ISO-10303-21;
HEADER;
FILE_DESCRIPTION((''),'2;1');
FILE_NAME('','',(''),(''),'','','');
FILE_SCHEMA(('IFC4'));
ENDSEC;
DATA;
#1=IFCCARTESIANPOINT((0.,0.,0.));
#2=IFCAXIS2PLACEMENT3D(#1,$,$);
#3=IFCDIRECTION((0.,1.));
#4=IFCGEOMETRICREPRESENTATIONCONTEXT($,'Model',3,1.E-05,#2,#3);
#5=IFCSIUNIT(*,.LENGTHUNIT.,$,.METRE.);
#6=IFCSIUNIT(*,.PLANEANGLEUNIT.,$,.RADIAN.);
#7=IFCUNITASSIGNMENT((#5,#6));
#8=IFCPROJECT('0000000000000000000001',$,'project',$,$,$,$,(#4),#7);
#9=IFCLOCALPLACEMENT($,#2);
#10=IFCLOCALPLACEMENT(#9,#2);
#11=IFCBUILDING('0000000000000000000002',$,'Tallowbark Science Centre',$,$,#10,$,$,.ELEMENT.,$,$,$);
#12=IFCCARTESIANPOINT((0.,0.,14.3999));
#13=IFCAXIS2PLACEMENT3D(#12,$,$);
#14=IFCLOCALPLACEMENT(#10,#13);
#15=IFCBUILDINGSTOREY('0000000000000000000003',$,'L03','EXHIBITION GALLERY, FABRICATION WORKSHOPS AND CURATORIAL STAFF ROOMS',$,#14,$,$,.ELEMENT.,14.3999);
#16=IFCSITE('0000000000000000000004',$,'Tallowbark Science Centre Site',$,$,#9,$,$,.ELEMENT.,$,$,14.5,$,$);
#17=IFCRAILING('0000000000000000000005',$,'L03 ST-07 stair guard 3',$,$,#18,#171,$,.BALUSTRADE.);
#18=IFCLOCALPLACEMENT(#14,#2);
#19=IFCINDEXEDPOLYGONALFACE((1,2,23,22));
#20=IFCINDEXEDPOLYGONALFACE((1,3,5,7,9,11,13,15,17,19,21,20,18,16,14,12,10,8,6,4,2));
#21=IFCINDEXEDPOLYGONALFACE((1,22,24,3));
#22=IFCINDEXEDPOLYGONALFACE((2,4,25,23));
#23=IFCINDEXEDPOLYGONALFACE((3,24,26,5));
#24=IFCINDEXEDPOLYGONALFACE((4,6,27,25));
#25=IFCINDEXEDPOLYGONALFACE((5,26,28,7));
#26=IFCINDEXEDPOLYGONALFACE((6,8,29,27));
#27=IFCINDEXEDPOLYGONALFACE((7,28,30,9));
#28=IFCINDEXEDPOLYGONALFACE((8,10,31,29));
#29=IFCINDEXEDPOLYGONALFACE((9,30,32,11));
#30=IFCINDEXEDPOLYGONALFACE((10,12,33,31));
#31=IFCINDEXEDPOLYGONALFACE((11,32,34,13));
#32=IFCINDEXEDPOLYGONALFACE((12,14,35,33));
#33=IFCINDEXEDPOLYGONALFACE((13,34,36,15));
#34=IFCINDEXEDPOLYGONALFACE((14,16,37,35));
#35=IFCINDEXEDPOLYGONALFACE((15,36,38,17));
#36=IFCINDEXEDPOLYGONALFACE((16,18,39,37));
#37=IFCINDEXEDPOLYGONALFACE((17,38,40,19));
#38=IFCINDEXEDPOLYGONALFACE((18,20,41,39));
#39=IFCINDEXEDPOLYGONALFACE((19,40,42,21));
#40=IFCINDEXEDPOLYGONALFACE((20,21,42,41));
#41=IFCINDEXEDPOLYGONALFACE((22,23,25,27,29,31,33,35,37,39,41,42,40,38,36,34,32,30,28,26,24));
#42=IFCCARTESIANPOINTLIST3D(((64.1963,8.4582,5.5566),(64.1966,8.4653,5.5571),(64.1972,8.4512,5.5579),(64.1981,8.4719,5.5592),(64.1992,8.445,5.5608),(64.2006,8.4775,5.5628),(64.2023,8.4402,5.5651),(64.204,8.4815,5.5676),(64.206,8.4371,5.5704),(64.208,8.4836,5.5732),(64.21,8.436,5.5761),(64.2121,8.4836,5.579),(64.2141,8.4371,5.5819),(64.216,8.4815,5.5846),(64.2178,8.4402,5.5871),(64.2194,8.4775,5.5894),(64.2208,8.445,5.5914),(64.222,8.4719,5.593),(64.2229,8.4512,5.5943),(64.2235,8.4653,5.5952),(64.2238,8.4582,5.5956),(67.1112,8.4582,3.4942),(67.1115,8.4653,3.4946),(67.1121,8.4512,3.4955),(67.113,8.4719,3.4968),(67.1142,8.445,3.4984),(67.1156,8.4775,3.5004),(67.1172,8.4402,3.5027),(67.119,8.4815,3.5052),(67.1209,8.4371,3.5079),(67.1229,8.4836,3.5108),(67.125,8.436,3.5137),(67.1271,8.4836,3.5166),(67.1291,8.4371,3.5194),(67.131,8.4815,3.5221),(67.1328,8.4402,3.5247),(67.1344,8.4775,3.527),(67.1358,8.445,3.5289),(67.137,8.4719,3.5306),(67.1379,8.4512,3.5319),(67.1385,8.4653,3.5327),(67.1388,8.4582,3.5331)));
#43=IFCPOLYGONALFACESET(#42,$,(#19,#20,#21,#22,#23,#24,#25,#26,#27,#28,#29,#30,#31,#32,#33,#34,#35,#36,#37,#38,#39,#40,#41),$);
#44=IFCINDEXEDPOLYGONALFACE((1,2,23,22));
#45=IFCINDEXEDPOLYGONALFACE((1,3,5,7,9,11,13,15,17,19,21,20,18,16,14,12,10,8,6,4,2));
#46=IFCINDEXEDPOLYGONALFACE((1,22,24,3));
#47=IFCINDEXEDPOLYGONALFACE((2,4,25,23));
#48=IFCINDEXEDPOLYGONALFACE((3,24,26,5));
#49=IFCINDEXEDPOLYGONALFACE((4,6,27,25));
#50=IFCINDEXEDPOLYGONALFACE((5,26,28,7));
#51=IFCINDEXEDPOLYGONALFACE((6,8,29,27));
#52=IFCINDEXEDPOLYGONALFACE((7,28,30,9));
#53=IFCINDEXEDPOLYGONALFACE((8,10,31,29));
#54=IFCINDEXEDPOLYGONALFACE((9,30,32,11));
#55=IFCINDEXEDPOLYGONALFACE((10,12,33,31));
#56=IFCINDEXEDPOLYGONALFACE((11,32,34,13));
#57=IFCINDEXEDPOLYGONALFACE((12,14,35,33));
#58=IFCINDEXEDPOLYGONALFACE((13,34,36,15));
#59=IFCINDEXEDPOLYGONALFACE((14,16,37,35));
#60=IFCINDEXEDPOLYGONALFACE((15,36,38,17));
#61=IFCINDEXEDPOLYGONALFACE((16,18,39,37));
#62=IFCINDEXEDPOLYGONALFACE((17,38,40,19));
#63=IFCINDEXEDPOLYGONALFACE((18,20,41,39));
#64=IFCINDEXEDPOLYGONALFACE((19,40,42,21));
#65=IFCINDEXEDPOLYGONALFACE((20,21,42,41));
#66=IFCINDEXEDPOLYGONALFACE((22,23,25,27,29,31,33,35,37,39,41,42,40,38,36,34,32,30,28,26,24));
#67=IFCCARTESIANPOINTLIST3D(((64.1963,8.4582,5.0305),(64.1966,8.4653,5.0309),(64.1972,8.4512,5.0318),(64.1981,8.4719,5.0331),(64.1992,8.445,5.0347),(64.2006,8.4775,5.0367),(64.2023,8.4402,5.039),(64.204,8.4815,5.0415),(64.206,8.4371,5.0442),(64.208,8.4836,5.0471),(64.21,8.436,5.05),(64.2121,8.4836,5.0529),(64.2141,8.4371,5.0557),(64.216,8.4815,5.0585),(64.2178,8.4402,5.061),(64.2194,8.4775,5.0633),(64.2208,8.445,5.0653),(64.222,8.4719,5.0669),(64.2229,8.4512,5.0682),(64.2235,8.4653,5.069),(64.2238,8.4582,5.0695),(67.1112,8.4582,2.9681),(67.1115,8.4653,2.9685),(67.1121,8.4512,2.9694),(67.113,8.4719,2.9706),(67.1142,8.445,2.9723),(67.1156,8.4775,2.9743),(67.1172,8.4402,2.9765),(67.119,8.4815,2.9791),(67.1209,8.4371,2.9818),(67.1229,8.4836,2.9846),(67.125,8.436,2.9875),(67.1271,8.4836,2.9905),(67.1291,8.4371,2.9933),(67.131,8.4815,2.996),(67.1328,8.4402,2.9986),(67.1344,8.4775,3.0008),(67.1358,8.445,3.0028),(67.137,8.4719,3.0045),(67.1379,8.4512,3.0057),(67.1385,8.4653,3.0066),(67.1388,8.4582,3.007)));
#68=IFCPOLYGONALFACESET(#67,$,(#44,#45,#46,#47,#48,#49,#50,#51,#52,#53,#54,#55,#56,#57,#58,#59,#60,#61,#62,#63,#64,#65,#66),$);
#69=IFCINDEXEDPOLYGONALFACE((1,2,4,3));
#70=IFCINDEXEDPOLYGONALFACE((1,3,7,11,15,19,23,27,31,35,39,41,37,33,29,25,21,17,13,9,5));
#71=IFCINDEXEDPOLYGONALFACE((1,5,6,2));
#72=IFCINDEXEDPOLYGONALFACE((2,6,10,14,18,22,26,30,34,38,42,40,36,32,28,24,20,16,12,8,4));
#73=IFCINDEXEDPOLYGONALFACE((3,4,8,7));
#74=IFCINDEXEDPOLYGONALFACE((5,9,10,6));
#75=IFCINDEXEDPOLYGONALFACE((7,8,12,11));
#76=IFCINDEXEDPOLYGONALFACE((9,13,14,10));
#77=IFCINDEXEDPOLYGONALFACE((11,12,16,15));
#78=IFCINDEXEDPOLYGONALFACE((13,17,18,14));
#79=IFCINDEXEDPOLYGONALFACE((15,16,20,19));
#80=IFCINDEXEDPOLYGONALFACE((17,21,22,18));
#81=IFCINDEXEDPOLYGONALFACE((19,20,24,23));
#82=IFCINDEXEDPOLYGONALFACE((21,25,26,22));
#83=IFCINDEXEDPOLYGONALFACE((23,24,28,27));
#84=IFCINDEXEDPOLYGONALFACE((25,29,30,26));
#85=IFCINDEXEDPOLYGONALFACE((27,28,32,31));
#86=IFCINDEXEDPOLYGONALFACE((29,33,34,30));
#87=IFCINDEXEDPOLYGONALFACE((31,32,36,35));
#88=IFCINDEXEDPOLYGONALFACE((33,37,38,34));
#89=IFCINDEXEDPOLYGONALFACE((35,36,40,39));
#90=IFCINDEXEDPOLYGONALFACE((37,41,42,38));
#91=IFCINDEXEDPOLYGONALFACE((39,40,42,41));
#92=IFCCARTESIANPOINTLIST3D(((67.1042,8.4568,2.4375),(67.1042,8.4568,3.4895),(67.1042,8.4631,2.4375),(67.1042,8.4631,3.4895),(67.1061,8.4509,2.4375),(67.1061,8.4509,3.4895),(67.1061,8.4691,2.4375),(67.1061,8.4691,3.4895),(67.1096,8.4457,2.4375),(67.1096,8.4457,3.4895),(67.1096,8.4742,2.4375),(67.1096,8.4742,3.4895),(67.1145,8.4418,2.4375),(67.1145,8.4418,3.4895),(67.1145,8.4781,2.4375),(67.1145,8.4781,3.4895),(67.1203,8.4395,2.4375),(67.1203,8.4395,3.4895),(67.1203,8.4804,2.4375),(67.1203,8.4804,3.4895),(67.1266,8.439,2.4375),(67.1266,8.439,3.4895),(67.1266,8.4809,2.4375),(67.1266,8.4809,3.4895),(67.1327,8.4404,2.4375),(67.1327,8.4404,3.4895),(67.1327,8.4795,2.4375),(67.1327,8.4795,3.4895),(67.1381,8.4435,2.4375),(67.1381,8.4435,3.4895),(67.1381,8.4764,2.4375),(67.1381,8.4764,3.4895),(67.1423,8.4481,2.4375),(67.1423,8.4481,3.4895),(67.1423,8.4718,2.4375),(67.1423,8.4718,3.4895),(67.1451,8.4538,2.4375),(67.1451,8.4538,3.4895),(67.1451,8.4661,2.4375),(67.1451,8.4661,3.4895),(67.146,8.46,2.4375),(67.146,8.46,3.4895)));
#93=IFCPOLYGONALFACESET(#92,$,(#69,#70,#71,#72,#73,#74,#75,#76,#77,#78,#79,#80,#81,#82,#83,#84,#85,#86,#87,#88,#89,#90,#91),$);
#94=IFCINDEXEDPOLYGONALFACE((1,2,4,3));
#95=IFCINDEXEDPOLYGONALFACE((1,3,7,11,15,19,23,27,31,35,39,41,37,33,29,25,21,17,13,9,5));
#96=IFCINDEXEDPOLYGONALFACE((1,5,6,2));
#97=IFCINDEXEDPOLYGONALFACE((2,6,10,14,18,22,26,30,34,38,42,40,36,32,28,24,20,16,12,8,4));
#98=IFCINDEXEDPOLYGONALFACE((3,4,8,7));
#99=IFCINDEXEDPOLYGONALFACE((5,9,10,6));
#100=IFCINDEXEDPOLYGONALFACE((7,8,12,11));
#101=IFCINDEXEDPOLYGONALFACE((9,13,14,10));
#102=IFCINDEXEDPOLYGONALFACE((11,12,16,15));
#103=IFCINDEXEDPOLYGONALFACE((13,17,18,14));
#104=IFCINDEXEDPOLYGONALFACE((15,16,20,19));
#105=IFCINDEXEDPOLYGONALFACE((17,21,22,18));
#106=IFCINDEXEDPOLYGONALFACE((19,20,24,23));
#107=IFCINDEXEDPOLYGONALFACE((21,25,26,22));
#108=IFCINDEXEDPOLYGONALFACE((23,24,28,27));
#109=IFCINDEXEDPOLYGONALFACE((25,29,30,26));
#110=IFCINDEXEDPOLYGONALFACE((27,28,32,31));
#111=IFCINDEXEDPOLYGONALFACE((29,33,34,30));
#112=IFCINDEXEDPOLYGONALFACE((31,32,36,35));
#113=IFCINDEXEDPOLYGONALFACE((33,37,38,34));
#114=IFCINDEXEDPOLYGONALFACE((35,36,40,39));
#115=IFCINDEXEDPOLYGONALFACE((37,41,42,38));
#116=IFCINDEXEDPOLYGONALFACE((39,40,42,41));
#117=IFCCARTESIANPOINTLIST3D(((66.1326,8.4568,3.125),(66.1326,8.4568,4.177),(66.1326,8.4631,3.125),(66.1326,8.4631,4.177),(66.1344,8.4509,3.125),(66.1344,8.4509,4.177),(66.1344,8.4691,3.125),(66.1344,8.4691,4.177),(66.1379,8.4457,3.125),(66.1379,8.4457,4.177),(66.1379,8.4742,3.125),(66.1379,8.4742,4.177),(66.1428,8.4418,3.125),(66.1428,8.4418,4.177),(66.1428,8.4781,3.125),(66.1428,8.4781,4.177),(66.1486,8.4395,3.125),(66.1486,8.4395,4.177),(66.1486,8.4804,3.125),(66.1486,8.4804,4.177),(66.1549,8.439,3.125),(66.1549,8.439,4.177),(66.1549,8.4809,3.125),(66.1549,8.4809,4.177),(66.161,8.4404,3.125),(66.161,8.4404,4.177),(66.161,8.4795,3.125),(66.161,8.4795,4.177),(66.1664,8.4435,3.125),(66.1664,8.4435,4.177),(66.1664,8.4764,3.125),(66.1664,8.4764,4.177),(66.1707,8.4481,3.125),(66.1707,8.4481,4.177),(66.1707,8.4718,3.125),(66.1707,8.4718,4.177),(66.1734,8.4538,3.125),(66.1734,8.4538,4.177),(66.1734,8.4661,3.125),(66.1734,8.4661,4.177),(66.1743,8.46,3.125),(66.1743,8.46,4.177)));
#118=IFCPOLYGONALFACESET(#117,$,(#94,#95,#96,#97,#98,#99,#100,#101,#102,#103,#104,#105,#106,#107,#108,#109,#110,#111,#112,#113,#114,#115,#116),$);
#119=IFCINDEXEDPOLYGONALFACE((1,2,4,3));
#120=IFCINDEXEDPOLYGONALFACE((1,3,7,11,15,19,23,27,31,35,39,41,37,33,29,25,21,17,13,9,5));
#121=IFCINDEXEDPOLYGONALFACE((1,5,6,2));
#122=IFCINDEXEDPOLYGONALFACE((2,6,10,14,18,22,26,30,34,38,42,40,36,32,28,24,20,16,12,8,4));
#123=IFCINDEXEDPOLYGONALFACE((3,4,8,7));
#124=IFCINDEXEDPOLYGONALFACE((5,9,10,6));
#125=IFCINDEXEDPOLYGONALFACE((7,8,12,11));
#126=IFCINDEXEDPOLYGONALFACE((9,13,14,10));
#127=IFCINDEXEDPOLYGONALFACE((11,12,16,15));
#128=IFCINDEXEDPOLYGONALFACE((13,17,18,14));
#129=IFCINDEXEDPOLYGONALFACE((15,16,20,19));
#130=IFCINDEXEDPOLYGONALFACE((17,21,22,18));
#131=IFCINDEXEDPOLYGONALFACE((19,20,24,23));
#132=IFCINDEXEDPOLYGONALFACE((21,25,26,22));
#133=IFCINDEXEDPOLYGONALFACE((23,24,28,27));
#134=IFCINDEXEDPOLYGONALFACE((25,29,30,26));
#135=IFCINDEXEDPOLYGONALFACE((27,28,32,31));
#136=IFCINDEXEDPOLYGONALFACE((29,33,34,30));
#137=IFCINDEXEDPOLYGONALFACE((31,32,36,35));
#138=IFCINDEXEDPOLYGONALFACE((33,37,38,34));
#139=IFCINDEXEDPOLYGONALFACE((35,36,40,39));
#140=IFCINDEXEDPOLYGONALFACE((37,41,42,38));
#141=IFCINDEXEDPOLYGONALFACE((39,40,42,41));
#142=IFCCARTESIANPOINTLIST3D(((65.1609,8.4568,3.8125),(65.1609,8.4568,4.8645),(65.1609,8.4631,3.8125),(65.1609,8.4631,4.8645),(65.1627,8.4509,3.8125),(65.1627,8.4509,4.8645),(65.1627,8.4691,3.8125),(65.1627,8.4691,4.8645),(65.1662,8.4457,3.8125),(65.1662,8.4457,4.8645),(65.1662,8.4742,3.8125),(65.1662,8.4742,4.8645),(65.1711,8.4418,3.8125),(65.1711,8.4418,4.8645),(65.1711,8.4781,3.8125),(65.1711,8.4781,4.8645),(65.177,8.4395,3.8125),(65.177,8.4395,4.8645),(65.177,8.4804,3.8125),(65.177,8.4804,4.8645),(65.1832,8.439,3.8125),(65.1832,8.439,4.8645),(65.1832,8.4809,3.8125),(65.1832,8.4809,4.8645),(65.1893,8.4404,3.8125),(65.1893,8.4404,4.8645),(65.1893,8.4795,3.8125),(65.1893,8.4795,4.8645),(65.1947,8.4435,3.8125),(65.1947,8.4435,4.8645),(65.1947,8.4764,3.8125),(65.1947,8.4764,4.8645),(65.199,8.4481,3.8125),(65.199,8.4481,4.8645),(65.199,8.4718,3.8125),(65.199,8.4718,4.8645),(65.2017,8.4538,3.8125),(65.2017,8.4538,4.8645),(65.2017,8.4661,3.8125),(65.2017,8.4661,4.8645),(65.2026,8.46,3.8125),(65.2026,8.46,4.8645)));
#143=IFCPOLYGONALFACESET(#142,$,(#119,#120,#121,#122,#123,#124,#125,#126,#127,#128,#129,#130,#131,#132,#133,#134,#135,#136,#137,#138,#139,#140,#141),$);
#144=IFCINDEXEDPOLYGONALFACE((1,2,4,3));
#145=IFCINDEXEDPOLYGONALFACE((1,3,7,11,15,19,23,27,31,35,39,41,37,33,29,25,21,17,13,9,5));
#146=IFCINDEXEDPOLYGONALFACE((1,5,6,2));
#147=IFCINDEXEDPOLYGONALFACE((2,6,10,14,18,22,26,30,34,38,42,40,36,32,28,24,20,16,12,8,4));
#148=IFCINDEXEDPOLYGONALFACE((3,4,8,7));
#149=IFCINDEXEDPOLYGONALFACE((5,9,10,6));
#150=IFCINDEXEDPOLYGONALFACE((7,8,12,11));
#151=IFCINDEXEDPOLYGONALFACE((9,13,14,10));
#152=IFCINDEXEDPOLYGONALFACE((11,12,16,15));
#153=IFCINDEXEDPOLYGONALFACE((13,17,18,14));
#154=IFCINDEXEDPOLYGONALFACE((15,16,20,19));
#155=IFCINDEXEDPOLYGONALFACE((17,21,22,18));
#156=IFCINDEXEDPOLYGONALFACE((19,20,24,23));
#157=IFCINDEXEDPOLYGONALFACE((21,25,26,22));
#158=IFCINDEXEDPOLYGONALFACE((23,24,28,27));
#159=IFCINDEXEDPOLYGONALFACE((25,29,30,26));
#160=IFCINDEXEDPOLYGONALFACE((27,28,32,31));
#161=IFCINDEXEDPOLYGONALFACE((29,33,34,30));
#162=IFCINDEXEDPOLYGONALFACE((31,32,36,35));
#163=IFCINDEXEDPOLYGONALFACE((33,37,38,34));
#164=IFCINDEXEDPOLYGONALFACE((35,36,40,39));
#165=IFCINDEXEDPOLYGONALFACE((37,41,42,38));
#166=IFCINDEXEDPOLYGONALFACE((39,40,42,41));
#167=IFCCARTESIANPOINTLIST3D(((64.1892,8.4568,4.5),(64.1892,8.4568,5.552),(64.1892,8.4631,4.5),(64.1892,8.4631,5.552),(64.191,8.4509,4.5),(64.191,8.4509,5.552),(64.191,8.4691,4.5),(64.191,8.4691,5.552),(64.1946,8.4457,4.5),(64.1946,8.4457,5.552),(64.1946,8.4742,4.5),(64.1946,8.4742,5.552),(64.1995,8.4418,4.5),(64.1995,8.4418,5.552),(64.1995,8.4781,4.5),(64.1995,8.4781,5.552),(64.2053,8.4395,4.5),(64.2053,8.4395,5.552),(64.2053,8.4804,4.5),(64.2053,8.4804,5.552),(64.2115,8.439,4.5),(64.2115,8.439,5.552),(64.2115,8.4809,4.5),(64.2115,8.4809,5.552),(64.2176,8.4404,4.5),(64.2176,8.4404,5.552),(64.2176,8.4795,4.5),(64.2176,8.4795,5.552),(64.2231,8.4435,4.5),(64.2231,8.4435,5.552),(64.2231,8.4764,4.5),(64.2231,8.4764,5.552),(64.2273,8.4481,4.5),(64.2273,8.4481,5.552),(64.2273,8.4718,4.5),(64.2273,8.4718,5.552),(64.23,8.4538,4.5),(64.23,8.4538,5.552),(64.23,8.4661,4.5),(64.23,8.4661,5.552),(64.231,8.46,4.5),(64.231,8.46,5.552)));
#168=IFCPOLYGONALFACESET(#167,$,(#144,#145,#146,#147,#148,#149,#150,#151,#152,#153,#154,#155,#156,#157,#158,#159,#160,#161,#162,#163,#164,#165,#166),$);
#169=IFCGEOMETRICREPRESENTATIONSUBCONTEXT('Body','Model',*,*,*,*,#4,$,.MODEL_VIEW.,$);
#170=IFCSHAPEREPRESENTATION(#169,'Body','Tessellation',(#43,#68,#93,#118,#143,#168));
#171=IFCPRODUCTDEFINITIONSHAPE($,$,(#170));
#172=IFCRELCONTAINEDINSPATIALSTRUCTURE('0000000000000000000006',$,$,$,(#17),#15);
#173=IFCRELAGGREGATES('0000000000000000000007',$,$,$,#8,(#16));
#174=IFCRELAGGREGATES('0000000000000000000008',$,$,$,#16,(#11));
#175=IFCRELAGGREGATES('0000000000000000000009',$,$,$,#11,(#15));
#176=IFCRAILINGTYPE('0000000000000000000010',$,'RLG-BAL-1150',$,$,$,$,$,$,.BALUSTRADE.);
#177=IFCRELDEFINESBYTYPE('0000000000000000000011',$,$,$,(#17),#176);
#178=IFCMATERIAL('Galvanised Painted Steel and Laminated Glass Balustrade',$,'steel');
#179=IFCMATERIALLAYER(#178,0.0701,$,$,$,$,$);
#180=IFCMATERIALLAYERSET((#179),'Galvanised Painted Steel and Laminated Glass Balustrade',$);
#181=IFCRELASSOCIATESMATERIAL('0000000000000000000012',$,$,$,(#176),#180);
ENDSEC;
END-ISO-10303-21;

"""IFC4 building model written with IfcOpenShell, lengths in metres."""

from ifc_helpers import new_model, si_unit, direction, frame, origin, origin_2d, place, context, subcontext, project, spatial, circle, extrude, material, layer, layer_set, type_object, element, save


model = new_model("IFC4")

# Units and contexts
model_context = context("Model", 3, precision=1e-05, world=origin(), true_north=direction((0.0, 1.0)))
body_context = subcontext(model_context, "Body", "Model", "MODEL_VIEW")
ifc_project = project(units=[si_unit("LENGTHUNIT", "METRE"), si_unit("PLANEANGLEUNIT", "RADIAN")], contexts=[model_context])

# Site, building, storey
site_placement = place(None, origin())
site = spatial("IfcSite", under=ifc_project, at=site_placement, Name="Tallowbark Science Centre Site", CompositionType="ELEMENT", RefElevation=14.5)
building_placement = place(site_placement, origin())
building = spatial("IfcBuilding", under=site, at=building_placement, Name="Tallowbark Science Centre", CompositionType="ELEMENT")
storey_placement = place(building_placement, frame((0.0, 0.0, 14.3999)))
storey = spatial("IfcBuildingStorey", under=building, at=storey_placement, Name="L03", Description="EXHIBITION GALLERY, FABRICATION WORKSHOPS AND CURATORIAL STAFF ROOMS", CompositionType="ELEMENT", Elevation=14.3999)

# Railing
ifc_material_1 = material(Name="Galvanised Painted Steel and Laminated Glass Balustrade", Category="steel")
ifc_layer_1 = layer(ifc_material_1, 0.0701)
ifc_layer_set_1 = layer_set([ifc_layer_1], Name="Galvanised Painted Steel and Laminated Glass Balustrade")
railing_type_1 = type_object("IfcRailingType", Name="RLG-BAL-1150", PredefinedType="BALUSTRADE", material=ifc_layer_set_1)
railing_1_placement = place(storey_placement, frame((67.125, 8.46, 2.4375)))
element("IfcRailing", 1, at=railing_1_placement, inside=storey, type_object=railing_type_1, Name="L03 ST-07 stair guard 3", PredefinedType="BALUSTRADE", context=body_context, shape_type="SweptSolid", body=[
    extrude(circle(Radius=0.0239, at=origin_2d()), frame((0.0, 0.0, 1.0762), z_axis=(-0.816331, 0.0, 0.577585), x_axis=(0.0, -1.0, 0.0)), (0.0, 0.0, 1.0), 3.5708),
    extrude(circle(Radius=0.0239, at=origin_2d()), frame((0.0, 0.0, 0.55), z_axis=(-0.816331, 0.0, 0.577585), x_axis=(0.0, -1.0, 0.0)), (0.0, 0.0, 1.0), 3.5708),
    extrude(circle(Radius=0.021, at=origin_2d()), origin(), (0.0, 0.0, 1.0), 1.052),
    extrude(circle(Radius=0.021, at=origin_2d()), frame((-0.9717, 0.0, 0.6875)), (0.0, 0.0, 1.0), 1.052),
    extrude(circle(Radius=0.021, at=origin_2d()), frame((-1.9434, 0.0, 1.375)), (0.0, 0.0, 1.0), 1.052),
    extrude(circle(Radius=0.021, at=origin_2d()), frame((-2.915, 0.0, 2.0625)), (0.0, 0.0, 1.0), 1.052),
])

save(model, "model.ifc")
